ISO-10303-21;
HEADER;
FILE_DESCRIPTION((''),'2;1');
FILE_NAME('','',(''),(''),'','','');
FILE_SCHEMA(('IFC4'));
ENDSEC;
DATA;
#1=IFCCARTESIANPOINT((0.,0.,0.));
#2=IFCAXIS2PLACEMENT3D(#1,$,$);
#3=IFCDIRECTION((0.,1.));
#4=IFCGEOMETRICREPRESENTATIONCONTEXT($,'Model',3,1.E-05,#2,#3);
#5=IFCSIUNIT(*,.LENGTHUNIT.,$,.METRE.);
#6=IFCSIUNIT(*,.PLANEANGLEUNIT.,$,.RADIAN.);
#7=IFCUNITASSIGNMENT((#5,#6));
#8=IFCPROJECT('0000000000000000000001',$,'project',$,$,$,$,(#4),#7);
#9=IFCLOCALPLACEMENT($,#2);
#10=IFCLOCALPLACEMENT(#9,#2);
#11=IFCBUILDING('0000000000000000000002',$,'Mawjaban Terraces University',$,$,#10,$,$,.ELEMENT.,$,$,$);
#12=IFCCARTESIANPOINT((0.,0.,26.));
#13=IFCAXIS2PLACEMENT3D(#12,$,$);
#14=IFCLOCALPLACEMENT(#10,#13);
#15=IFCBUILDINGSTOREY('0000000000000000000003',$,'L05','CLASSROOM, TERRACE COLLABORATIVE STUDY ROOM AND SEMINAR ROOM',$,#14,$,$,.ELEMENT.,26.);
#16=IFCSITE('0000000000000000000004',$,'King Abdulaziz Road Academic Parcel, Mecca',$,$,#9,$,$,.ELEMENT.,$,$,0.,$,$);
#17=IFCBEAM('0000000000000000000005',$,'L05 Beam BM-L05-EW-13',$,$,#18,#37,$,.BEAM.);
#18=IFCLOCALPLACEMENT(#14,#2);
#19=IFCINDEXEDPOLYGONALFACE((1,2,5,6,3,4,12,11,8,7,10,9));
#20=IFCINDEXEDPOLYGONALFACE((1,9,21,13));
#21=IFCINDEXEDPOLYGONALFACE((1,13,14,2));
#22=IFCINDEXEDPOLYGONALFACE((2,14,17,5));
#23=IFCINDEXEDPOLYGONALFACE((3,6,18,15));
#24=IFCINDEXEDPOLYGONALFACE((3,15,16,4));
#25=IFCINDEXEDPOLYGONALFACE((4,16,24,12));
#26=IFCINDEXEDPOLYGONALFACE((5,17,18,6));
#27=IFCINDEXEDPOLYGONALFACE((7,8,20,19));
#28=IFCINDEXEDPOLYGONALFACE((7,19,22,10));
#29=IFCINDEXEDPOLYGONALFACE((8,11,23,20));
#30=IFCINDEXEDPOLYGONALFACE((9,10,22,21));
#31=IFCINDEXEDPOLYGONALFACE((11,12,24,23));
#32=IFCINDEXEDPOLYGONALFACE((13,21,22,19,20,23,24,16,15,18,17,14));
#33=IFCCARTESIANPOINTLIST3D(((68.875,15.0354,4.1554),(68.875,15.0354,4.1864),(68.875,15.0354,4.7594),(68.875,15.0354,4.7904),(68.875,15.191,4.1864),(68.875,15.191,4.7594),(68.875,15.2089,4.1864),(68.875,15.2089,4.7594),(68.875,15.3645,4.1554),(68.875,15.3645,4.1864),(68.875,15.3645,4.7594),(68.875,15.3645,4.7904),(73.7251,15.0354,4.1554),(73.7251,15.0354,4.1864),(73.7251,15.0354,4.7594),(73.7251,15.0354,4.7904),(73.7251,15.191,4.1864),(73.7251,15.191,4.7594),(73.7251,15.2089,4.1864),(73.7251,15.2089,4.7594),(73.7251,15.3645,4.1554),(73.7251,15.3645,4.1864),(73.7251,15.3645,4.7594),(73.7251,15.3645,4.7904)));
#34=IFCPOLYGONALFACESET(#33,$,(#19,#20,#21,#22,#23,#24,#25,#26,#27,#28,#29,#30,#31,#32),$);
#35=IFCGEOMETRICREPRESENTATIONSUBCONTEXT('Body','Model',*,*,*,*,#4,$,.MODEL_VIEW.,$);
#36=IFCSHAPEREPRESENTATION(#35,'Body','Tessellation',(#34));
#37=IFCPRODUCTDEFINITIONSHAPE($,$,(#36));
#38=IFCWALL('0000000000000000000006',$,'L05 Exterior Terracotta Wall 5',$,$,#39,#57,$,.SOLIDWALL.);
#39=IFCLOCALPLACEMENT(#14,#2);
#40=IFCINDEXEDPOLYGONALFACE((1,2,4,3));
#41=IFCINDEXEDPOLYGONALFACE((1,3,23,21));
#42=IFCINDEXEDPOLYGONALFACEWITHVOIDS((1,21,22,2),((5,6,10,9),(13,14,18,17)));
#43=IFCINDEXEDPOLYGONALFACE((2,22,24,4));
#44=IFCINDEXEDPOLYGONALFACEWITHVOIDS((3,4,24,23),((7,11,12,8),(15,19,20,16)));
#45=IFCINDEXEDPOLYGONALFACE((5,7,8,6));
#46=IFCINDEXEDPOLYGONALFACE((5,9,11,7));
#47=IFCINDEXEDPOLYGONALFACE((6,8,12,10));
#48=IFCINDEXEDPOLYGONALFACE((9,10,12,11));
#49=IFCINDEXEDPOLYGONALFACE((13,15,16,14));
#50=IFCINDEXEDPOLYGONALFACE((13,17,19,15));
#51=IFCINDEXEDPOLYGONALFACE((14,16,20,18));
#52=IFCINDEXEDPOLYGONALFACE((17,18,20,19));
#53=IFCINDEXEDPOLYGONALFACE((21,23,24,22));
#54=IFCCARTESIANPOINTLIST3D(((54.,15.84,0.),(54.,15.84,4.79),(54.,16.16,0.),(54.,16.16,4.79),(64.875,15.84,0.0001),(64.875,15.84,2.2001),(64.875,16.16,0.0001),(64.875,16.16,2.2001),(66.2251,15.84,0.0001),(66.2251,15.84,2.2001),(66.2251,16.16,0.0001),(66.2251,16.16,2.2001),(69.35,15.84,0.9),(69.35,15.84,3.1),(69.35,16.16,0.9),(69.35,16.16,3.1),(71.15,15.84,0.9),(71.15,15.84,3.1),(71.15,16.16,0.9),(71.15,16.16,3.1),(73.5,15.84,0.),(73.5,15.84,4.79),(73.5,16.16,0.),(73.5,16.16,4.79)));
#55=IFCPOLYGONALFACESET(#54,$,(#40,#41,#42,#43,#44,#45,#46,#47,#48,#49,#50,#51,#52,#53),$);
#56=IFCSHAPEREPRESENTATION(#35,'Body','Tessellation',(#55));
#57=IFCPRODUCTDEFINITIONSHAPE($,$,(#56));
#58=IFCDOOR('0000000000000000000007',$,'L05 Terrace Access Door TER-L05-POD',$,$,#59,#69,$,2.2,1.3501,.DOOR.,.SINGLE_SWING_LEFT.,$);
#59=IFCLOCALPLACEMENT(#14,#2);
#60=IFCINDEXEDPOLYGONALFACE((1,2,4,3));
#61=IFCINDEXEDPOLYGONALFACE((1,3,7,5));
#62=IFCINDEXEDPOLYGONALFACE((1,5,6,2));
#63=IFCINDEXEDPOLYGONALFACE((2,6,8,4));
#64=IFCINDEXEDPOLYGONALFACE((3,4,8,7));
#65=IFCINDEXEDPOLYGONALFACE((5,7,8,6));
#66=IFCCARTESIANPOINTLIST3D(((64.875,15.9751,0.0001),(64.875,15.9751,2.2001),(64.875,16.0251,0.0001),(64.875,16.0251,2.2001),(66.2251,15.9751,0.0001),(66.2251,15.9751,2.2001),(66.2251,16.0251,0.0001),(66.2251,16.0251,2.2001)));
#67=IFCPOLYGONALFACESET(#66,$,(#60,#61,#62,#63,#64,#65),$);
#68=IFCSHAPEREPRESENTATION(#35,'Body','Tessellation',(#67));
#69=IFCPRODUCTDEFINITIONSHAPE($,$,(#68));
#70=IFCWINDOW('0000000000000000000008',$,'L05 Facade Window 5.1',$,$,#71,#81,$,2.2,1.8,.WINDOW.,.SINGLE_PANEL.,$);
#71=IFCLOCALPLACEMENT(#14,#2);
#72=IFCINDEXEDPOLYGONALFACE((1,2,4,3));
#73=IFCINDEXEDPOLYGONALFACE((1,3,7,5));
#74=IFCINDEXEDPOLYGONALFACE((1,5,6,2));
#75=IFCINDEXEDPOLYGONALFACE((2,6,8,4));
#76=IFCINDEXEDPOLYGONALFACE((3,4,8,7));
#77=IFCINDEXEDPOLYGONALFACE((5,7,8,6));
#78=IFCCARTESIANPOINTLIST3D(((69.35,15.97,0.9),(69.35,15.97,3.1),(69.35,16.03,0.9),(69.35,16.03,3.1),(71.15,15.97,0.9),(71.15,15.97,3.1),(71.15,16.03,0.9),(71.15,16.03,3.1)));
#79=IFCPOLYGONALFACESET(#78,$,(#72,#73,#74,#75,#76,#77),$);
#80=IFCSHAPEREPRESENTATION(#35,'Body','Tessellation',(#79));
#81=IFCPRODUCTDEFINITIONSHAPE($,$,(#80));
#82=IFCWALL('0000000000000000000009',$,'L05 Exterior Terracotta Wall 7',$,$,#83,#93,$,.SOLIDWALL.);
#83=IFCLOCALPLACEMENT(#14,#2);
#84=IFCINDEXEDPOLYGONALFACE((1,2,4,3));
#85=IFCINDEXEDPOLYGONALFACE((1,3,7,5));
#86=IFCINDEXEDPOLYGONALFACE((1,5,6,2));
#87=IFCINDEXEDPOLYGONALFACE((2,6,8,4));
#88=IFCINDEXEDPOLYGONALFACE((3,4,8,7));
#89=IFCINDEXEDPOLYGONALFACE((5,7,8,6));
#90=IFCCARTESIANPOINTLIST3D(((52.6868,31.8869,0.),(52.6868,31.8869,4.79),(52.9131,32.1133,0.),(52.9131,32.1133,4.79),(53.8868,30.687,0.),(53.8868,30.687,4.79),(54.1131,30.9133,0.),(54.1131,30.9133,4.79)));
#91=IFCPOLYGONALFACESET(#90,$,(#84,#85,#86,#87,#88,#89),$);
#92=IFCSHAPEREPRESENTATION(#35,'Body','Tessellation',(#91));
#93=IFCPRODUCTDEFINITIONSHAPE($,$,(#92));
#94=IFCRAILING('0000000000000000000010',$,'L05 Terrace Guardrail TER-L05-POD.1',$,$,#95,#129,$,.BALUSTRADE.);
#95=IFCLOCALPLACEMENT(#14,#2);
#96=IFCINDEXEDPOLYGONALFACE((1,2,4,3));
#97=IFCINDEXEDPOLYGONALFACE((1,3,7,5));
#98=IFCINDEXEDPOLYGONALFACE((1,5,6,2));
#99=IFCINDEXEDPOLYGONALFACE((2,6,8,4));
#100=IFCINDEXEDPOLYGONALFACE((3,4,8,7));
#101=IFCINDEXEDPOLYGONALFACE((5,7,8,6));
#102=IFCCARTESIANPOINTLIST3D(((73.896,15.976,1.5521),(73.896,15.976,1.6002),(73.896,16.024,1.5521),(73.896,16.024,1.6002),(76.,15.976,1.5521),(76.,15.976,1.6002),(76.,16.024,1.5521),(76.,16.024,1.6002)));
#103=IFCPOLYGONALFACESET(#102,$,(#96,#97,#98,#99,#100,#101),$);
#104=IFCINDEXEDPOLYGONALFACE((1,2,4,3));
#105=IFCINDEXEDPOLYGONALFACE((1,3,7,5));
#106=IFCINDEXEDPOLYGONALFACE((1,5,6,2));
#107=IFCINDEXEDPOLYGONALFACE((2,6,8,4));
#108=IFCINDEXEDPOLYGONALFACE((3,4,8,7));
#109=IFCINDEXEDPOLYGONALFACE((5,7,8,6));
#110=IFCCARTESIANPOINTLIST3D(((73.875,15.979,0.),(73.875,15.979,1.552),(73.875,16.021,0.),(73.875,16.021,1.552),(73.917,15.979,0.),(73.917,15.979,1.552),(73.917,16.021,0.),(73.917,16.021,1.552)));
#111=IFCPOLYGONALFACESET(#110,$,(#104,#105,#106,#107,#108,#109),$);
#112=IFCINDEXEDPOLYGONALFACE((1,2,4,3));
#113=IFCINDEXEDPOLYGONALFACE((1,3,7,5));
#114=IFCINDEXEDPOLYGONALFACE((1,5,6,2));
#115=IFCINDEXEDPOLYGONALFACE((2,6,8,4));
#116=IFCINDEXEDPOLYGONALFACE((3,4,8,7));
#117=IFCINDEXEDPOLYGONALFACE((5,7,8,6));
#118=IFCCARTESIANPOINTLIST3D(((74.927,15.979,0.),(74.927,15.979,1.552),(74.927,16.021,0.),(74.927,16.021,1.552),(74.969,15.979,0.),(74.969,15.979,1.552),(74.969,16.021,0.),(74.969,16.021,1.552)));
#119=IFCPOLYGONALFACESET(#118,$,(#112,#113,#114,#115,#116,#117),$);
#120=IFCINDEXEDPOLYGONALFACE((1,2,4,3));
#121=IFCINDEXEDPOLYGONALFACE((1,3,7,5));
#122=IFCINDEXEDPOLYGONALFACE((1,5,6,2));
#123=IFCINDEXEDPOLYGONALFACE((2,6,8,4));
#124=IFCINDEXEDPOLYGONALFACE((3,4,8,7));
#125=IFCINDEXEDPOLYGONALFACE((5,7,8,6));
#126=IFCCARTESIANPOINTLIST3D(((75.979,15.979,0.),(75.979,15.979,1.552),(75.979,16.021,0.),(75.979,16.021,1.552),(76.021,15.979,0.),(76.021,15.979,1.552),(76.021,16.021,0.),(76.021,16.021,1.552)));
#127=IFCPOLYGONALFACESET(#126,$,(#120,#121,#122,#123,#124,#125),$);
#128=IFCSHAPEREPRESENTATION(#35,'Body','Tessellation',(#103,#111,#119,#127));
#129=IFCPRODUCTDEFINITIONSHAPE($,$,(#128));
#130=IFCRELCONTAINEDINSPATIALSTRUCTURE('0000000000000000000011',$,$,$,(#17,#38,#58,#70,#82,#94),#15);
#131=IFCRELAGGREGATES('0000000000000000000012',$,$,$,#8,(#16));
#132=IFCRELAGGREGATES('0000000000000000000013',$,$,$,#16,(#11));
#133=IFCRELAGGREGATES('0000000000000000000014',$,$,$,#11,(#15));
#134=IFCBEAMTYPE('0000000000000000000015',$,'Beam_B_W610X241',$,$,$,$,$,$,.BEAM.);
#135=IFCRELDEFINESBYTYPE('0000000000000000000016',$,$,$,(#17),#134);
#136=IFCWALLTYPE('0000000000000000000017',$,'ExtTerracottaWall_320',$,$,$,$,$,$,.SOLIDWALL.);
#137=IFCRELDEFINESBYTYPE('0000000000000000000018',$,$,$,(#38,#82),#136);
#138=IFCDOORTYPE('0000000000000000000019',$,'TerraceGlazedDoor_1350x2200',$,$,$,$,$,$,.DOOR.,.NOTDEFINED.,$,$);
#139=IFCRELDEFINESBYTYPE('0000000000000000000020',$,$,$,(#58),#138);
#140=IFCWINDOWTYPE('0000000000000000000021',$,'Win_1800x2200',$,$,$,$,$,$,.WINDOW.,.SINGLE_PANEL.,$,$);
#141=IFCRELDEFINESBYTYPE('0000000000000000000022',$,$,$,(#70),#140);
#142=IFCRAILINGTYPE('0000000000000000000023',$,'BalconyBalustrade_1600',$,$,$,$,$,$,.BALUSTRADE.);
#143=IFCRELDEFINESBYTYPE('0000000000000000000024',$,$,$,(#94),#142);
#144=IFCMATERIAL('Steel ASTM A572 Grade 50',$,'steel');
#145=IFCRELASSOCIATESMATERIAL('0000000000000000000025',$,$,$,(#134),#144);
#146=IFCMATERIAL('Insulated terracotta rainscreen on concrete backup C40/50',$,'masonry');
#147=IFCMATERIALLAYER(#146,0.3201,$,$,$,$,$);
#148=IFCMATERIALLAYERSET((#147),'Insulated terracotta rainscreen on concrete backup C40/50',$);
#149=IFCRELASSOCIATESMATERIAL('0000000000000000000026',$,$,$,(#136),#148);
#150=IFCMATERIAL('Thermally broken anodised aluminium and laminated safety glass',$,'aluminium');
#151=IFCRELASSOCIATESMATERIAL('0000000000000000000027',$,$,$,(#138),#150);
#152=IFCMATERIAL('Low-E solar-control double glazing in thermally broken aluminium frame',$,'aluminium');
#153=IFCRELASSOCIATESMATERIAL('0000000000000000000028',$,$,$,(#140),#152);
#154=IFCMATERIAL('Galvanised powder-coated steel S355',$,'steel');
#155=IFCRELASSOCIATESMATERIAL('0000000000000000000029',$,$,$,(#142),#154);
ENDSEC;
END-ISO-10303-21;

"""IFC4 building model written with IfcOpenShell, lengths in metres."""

from ifc_helpers import new_model, si_unit, direction, frame, frame_2d, origin, origin_2d, place, context, subcontext, project, spatial, rectangle, i_section, extrude, material, layer, layer_set, material_profile, profile_set, type_object, element, fill, save


model = new_model("IFC4")

# Units and contexts
model_context = context("Model", 3, precision=1e-05, world=origin(), true_north=direction((0.0, 1.0)))
body_context = subcontext(model_context, "Body", "Model", "MODEL_VIEW")
ifc_project = project(units=[si_unit("LENGTHUNIT", "METRE"), si_unit("PLANEANGLEUNIT", "RADIAN")], contexts=[model_context])

# Site, building, storey
site_placement = place(None, origin())
site = spatial("IfcSite", under=ifc_project, at=site_placement, Name="King Abdulaziz Road Academic Parcel, Mecca", CompositionType="ELEMENT", RefElevation=0.0)
building_placement = place(site_placement, origin())
building = spatial("IfcBuilding", under=site, at=building_placement, Name="Mawjaban Terraces University", CompositionType="ELEMENT")
storey_placement = place(building_placement, frame((0.0, 0.0, 26.0)))
storey = spatial("IfcBuildingStorey", under=building, at=storey_placement, Name="L05", Description="CLASSROOM, TERRACE COLLABORATIVE STUDY ROOM AND SEMINAR ROOM", CompositionType="ELEMENT", Elevation=26.0)

# Beam
ifc_material_1 = material(Name="Steel ASTM A572 Grade 50", Category="steel")
ifc_material_profile_1 = material_profile(ifc_material_1, i_section(OverallWidth=0.3291, OverallDepth=0.635, WebThickness=0.0178, FlangeThickness=0.031, at=origin_2d()), Name="W610X241")
ifc_profile_set_1 = profile_set([ifc_material_profile_1], Name="Steel ASTM A572 Grade 50")
beam_type_1 = type_object("IfcBeamType", Name="Beam_B_W610X241", PredefinedType="BEAM", material=ifc_profile_set_1)
beam_1_placement = place(storey_placement, frame((68.875, 15.2, 4.4729), z_axis=(1.0, 0.0, 0.0), x_axis=(0.0, 1.0, 0.0)))
element("IfcBeam", 1, at=beam_1_placement, inside=storey, type_object=beam_type_1, Name="L05 Beam BM-L05-EW-13", PredefinedType="BEAM", context=body_context, shape_type="SweptSolid", body=[
    extrude(i_section(OverallWidth=0.3291, OverallDepth=0.635, WebThickness=0.0178, FlangeThickness=0.031, at=origin_2d()), origin(), (0.0, 0.0, 1.0), 4.8501),
])

# Wall, openings, door, window
ifc_material_2 = material(Name="Insulated terracotta rainscreen on concrete backup C40/50", Category="masonry")
ifc_layer = layer(ifc_material_2, 0.3201)
ifc_layer_set = layer_set([ifc_layer], Name="Insulated terracotta rainscreen on concrete backup C40/50")
wall_type = type_object("IfcWallType", Name="ExtTerracottaWall_320", PredefinedType="SOLIDWALL", material=ifc_layer_set)
wall_1_placement = place(storey_placement, frame((73.5, 16.0, 0.0), z_axis=(0.0, 0.0, 1.0), x_axis=(-1.0, 0.0, 0.0)))
wall_1 = element("IfcWall", 2, at=wall_1_placement, inside=storey, type_object=wall_type, Name="L05 Exterior Terracotta Wall 5", PredefinedType="SOLIDWALL", context=body_context, shape_type="SweptSolid", body=[
    extrude(rectangle(XDim=19.5, YDim=0.3201, at=frame_2d((9.75, 0.0))), origin(), (0.0, 0.0, 1.0), 4.79),
])
opening_1_placement = place(wall_1_placement, frame((7.2749, 0.0, 0.0)))
opening_1 = element("IfcOpeningElement", 3, at=opening_1_placement, cuts=wall_1, PredefinedType="OPENING", context=body_context, shape_type="SweptSolid", body=[
    extrude(rectangle(XDim=1.3501, YDim=2.2, at=frame_2d((0.675, 1.1001))), frame((0.0, 0.1699, 0.0), z_axis=(0.0, -1.0, 0.0), x_axis=(1.0, 0.0, 0.0)), (0.0, 0.0, 1.0), 0.3401),
])
opening_2_placement = place(wall_1_placement, frame((2.3501, 0.0, 0.8999)))
opening_2 = element("IfcOpeningElement", 4, at=opening_2_placement, cuts=wall_1, PredefinedType="OPENING", context=body_context, shape_type="SweptSolid", body=[
    extrude(rectangle(XDim=1.8, YDim=2.2, at=frame_2d((0.8999, 1.1001))), frame((0.0, 0.1699, 0.0), z_axis=(0.0, -1.0, 0.0), x_axis=(1.0, 0.0, 0.0)), (0.0, 0.0, 1.0), 0.3401),
])
ifc_material_3 = material(Name="Thermally broken anodised aluminium and laminated safety glass", Category="aluminium")
door_type = type_object("IfcDoorType", Name="TerraceGlazedDoor_1350x2200", OperationType="NOTDEFINED", PredefinedType="DOOR", material=ifc_material_3)
door_placement = place(opening_1_placement, origin())
door = element("IfcDoor", 5, at=door_placement, inside=storey, type_object=door_type, Name="L05 Terrace Access Door TER-L05-POD", OperationType="SINGLE_SWING_LEFT", OverallHeight=2.2, OverallWidth=1.3501, PredefinedType="DOOR", context=body_context, shape_type="SweptSolid", body=[
    extrude(rectangle(XDim=1.3501, YDim=2.2, at=frame_2d((0.675, 1.1001))), frame((0.0, 0.0249, 0.0), z_axis=(0.0, -1.0, 0.0), x_axis=(1.0, 0.0, 0.0)), (0.0, 0.0, 1.0), 0.05),
])
fill(opening_1, door)
ifc_material_4 = material(Name="Low-E solar-control double glazing in thermally broken aluminium frame", Category="aluminium")
window_type = type_object("IfcWindowType", Name="Win_1800x2200", PartitioningType="SINGLE_PANEL", PredefinedType="WINDOW", material=ifc_material_4)
window_placement = place(opening_2_placement, origin())
window = element("IfcWindow", 6, at=window_placement, inside=storey, type_object=window_type, Name="L05 Facade Window 5.1", OverallHeight=2.2, OverallWidth=1.8, PartitioningType="SINGLE_PANEL", PredefinedType="WINDOW", context=body_context, shape_type="SweptSolid", body=[
    extrude(rectangle(XDim=1.8, YDim=2.2, at=frame_2d((0.8999, 1.1001))), frame((0.0, 0.03, 0.0), z_axis=(0.0, -1.0, 0.0), x_axis=(1.0, 0.0, 0.0)), (0.0, 0.0, 1.0), 0.0601),
])
fill(opening_2, window)

# Wall
wall_2_placement = place(storey_placement, frame((54.0, 30.8, 0.0), z_axis=(0.0, 0.0, 1.0), x_axis=(-0.707107, 0.707107, 0.0)))
element("IfcWall", 7, at=wall_2_placement, inside=storey, type_object=wall_type, Name="L05 Exterior Terracotta Wall 7", PredefinedType="SOLIDWALL", context=body_context, shape_type="SweptSolid", body=[
    extrude(rectangle(XDim=1.697, YDim=0.3201, at=frame_2d((0.8486, 0.0))), origin(), (0.0, 0.0, 1.0), 4.79),
])

# Railing
ifc_material_5 = material(Name="Galvanised powder-coated steel S355", Category="steel")
railing_type = type_object("IfcRailingType", Name="BalconyBalustrade_1600", PredefinedType="BALUSTRADE", material=ifc_material_5)
railing_1_placement = place(storey_placement, frame((73.896, 16.0, 0.0)))
element("IfcRailing", 8, at=railing_1_placement, inside=storey, type_object=railing_type, Name="L05 Terrace Guardrail TER-L05-POD.1", PredefinedType="BALUSTRADE", context=body_context, shape_type="SweptSolid", body=[
    extrude(rectangle(XDim=0.0481, YDim=0.0481, at=origin_2d()), frame((0.0, 0.0, 1.5762), z_axis=(1.0, 0.0, 0.0), x_axis=(0.0, 1.0, 0.0)), (0.0, 0.0, 1.0), 2.104),
    extrude(rectangle(XDim=0.042, YDim=0.042, at=origin_2d()), origin(), (0.0, 0.0, 1.0), 1.552),
    extrude(rectangle(XDim=0.042, YDim=0.042, at=origin_2d()), frame((1.052, 0.0, 0.0)), (0.0, 0.0, 1.0), 1.552),
    extrude(rectangle(XDim=0.042, YDim=0.042, at=origin_2d()), frame((2.104, 0.0, 0.0)), (0.0, 0.0, 1.0), 1.552),
])

save(model, "model.ifc")
